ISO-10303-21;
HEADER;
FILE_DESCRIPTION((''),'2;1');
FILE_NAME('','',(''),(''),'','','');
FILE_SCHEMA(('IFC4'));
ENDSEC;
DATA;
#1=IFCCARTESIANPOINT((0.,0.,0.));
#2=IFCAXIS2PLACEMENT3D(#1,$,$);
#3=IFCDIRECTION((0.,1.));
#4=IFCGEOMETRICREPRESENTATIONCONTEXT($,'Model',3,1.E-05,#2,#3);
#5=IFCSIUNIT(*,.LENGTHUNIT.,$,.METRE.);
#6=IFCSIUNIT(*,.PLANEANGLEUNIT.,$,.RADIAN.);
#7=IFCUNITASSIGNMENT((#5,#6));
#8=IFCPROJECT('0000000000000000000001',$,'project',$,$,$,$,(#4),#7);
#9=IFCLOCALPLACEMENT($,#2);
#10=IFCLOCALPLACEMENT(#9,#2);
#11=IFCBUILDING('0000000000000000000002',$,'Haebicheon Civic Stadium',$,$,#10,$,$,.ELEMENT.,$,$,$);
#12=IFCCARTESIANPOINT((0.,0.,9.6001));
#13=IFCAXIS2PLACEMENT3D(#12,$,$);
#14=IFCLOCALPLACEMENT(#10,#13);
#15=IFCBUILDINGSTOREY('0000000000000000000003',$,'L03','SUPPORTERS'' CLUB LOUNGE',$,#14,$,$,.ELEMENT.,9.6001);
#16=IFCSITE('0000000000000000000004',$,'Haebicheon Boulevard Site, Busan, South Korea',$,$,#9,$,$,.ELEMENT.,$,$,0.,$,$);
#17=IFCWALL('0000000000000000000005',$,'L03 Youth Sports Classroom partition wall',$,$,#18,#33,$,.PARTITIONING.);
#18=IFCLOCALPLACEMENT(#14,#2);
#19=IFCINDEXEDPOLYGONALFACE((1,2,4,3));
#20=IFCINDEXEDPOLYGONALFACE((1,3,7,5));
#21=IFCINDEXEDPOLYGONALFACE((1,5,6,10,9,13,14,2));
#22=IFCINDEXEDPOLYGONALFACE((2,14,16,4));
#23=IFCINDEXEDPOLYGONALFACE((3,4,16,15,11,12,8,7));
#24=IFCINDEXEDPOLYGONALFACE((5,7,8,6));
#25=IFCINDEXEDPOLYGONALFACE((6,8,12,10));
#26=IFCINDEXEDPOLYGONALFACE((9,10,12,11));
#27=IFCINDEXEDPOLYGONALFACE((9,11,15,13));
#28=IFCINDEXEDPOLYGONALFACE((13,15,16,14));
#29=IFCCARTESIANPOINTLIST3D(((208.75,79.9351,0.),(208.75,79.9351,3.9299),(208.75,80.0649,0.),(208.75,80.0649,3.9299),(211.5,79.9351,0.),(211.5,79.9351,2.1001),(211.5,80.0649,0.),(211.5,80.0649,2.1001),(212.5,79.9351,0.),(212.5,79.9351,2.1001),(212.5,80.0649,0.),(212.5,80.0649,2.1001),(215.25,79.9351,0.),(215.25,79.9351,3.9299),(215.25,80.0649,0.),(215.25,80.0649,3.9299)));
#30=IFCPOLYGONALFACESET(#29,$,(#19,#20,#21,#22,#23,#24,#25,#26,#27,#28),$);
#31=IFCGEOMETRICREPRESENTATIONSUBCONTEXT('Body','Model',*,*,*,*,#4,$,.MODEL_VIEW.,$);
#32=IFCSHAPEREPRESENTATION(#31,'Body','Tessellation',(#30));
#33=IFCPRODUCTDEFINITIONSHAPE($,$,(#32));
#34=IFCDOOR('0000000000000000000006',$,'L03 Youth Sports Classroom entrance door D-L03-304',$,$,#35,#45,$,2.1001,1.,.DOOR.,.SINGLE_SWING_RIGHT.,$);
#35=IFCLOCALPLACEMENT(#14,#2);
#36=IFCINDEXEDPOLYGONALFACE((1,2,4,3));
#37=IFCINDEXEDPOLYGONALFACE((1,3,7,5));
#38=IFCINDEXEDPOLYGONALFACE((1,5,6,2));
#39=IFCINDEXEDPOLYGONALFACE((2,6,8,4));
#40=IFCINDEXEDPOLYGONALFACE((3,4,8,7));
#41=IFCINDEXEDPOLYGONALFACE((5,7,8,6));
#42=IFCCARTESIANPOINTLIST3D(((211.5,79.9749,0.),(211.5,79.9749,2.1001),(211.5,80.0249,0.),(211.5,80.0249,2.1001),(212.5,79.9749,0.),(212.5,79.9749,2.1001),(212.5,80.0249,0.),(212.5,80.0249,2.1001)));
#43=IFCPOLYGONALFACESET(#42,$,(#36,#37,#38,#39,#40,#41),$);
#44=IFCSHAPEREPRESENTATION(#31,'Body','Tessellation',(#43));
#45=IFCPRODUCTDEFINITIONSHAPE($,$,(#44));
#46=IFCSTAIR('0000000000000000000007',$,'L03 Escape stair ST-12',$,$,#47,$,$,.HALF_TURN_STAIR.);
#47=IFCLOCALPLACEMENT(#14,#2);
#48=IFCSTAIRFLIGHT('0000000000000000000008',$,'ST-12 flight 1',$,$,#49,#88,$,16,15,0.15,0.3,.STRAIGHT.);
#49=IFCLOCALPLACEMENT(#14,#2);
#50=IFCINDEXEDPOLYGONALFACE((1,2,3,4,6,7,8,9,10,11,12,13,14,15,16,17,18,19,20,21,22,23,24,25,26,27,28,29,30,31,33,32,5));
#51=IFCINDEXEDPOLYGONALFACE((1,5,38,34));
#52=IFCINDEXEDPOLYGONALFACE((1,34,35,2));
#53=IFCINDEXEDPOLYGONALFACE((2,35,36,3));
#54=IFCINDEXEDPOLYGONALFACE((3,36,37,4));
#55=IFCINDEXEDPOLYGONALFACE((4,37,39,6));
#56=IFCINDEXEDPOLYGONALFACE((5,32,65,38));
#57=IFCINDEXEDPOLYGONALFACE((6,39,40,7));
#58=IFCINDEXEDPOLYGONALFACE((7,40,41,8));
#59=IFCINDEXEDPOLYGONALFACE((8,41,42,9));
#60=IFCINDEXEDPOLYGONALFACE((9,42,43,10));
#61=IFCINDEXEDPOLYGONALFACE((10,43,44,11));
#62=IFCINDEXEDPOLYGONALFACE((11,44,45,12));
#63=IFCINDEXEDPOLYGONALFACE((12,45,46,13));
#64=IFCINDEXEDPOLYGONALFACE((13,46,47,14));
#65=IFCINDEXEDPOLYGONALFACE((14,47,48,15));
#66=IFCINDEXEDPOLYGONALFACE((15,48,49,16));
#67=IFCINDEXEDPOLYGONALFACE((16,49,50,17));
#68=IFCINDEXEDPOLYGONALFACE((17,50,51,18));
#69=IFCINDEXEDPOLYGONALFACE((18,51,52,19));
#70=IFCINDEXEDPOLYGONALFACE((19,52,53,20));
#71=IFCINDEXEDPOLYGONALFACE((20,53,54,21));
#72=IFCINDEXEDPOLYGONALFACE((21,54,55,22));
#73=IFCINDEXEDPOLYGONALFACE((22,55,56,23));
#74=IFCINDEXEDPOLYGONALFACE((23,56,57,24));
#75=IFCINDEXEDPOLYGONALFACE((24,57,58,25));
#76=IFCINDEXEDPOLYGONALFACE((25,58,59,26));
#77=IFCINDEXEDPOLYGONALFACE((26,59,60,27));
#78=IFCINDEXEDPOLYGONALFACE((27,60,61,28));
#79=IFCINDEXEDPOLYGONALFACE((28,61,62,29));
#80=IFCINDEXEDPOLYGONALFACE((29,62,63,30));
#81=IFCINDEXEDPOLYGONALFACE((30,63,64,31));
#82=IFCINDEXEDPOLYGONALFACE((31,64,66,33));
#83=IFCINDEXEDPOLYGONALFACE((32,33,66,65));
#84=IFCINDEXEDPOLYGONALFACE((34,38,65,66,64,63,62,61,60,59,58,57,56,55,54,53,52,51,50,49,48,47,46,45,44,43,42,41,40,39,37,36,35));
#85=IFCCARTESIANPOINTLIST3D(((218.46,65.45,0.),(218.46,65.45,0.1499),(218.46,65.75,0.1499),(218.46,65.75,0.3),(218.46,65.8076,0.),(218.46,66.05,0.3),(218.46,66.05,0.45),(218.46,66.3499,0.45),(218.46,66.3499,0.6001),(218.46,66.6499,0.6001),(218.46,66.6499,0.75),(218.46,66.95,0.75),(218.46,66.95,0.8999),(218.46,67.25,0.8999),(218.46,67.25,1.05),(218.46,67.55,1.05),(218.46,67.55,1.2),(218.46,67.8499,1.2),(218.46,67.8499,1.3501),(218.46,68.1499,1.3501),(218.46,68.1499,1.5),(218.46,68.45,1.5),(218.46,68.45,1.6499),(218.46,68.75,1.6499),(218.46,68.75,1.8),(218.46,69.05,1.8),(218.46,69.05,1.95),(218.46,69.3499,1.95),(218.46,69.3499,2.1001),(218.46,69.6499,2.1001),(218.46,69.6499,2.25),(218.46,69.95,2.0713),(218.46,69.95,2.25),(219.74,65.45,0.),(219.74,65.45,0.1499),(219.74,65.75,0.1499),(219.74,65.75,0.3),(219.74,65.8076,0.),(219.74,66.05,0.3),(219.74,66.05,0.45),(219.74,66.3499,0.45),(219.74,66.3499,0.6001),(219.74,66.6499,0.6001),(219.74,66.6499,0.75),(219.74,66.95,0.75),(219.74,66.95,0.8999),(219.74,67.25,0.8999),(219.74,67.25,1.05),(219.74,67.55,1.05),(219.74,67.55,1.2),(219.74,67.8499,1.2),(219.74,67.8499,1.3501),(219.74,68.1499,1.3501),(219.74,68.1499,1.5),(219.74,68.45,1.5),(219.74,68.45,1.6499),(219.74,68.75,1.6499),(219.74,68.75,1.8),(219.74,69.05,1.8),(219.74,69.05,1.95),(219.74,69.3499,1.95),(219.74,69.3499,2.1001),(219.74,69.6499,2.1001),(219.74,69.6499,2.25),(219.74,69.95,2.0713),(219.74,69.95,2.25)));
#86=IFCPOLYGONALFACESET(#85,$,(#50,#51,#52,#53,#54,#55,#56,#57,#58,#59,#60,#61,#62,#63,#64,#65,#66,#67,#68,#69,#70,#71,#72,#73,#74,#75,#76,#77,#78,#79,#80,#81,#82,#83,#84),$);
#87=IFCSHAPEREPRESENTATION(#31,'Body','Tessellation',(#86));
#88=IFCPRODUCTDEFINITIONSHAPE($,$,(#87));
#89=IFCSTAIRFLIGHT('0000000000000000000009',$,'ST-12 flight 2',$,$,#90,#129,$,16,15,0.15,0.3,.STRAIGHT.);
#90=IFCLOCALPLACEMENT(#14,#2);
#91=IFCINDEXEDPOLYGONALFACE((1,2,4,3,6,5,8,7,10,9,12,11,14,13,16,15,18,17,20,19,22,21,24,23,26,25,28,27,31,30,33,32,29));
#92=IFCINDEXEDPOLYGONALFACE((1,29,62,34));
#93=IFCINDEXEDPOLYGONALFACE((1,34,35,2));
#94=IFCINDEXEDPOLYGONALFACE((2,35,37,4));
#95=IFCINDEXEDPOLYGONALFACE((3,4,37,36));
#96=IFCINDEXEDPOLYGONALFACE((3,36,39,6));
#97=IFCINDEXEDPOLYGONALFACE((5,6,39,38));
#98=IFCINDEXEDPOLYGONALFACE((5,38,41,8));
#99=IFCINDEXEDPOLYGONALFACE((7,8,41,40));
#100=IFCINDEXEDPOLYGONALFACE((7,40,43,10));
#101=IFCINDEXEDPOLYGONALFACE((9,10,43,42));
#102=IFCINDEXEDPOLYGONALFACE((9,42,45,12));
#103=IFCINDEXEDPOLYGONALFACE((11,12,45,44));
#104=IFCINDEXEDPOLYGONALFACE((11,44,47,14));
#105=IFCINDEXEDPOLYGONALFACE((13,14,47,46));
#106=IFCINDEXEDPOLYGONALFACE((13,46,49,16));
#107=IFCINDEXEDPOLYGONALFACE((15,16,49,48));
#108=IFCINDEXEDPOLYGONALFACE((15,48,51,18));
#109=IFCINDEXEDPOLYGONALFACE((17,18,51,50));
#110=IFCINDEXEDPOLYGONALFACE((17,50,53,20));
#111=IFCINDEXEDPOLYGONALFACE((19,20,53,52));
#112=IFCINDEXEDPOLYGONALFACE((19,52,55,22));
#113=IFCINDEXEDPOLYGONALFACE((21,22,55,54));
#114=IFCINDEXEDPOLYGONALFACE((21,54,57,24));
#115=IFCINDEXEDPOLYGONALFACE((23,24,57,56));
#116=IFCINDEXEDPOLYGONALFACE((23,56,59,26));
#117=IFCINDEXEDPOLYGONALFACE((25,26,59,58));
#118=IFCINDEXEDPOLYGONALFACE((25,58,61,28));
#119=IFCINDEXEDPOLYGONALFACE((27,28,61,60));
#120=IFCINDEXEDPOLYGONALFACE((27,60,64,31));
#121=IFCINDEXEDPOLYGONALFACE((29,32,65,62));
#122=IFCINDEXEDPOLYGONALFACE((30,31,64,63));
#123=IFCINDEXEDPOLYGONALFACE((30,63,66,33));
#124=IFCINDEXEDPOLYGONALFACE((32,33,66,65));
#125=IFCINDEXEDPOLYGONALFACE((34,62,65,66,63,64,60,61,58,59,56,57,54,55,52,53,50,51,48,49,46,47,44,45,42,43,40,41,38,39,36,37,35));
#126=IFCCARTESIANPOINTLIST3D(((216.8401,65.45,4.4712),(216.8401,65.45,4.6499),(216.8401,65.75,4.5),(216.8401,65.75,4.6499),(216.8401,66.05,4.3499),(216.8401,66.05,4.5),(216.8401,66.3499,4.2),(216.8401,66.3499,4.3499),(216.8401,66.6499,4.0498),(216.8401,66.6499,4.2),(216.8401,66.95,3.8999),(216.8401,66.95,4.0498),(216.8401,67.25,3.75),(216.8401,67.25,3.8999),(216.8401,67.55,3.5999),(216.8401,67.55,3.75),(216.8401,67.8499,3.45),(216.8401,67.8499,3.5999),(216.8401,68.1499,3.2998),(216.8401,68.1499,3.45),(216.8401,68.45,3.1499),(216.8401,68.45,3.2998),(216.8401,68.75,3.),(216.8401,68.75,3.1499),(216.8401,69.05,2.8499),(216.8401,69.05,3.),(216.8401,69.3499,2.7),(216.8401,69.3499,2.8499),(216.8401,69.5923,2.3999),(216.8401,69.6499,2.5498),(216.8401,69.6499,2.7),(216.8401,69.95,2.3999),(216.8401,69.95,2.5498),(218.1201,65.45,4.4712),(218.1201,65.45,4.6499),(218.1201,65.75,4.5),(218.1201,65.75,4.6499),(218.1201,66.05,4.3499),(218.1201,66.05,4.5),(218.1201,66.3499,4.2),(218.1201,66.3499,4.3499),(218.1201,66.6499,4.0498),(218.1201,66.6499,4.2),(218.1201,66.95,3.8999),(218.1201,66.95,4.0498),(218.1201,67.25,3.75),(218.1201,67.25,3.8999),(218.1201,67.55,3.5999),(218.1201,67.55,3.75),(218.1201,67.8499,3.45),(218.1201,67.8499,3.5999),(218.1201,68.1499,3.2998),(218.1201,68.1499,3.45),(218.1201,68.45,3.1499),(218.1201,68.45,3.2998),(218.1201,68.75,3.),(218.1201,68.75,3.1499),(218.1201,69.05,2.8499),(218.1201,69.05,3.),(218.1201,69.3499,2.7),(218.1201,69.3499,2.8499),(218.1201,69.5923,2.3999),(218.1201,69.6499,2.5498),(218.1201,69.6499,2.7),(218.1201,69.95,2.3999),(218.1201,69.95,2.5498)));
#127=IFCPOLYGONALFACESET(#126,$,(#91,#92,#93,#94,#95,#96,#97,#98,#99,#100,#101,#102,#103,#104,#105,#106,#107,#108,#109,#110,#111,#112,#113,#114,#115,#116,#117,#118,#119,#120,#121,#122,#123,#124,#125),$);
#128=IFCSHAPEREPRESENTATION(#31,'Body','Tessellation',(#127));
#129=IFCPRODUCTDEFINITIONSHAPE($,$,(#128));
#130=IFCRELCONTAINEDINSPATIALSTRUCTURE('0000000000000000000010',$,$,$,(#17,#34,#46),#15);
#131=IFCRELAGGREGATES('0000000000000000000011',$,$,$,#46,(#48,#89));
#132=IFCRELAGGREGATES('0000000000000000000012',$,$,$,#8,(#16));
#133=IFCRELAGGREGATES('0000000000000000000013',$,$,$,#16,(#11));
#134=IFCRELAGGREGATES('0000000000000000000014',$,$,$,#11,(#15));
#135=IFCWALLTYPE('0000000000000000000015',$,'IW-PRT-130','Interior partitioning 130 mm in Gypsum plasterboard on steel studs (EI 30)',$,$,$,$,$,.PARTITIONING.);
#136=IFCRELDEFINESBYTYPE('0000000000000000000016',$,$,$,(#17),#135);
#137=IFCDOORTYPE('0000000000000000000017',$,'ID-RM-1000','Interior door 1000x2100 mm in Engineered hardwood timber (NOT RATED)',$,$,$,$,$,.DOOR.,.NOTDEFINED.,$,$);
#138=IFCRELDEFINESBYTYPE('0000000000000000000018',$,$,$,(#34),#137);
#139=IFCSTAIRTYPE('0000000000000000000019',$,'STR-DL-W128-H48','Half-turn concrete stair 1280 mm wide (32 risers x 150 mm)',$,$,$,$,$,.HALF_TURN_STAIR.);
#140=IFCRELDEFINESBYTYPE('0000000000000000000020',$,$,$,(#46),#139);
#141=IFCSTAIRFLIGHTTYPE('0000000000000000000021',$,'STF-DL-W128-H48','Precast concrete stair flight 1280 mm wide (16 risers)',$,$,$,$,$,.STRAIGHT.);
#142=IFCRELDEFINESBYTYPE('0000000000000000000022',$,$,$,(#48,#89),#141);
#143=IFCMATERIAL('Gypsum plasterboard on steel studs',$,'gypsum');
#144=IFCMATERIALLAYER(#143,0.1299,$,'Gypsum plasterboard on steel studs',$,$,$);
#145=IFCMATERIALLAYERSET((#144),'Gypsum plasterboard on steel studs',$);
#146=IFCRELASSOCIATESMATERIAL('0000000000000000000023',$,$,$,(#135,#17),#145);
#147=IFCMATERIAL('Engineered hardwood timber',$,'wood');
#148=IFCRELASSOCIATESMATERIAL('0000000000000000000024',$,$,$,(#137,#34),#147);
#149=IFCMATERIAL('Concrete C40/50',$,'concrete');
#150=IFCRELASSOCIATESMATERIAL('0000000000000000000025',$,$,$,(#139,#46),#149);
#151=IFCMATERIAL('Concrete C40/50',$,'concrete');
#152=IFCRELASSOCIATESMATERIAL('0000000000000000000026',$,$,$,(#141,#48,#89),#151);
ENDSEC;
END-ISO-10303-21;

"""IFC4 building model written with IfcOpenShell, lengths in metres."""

from ifc_helpers import new_model, si_unit, direction, frame, frame_2d, origin, place, context, subcontext, project, spatial, polyline, rectangle, outline, extrude, material, layer, layer_set, type_object, element, fill, aggregate, save


model = new_model("IFC4")

# Units and contexts
model_context = context("Model", 3, precision=1e-05, world=origin(), true_north=direction((0.0, 1.0)))
body_context = subcontext(model_context, "Body", "Model", "MODEL_VIEW")
ifc_project = project(units=[si_unit("LENGTHUNIT", "METRE"), si_unit("PLANEANGLEUNIT", "RADIAN")], contexts=[model_context])

# Site, building, storey
site_placement = place(None, origin())
site = spatial("IfcSite", under=ifc_project, at=site_placement, Name="Haebicheon Boulevard Site, Busan, South Korea", CompositionType="ELEMENT", RefElevation=0.0)
building_placement = place(site_placement, origin())
building = spatial("IfcBuilding", under=site, at=building_placement, Name="Haebicheon Civic Stadium", CompositionType="ELEMENT")
storey_placement = place(building_placement, frame((0.0, 0.0, 9.6001)))
storey = spatial("IfcBuildingStorey", under=building, at=storey_placement, Name="L03", Description="SUPPORTERS' CLUB LOUNGE", CompositionType="ELEMENT", Elevation=9.6001)

# Wall, opening, door
ifc_material_1 = material(Name="Gypsum plasterboard on steel studs", Category="gypsum")
ifc_layer_1 = layer(ifc_material_1, 0.1299, Name="Gypsum plasterboard on steel studs")
ifc_layer_set_1 = layer_set([ifc_layer_1], Name="Gypsum plasterboard on steel studs")
wall_type_1 = type_object("IfcWallType", Name="IW-PRT-130", Description="Interior partitioning 130 mm in Gypsum plasterboard on steel studs (EI 30)", PredefinedType="PARTITIONING", material=ifc_layer_set_1)
wall_1_placement = place(storey_placement, frame((208.75, 80.0, 0.0), z_axis=(0.0, 0.0, 1.0), x_axis=(1.0, 0.0, 0.0)))
wall_1 = element("IfcWall", 1, at=wall_1_placement, inside=storey, type_object=wall_type_1, material=ifc_layer_set_1, Name="L03 Youth Sports Classroom partition wall", PredefinedType="PARTITIONING", context=body_context, shape_type="SweptSolid", body=[
    extrude(rectangle(XDim=6.5, YDim=0.1299, at=frame_2d((3.25, 0.0))), origin(), (0.0, 0.0, 1.0), 3.9299),
])
opening_1_placement = place(wall_1_placement, frame((2.75, 0.0, 0.0)))
opening_1 = element("IfcOpeningElement", 2, at=opening_1_placement, cuts=wall_1, PredefinedType="OPENING", context=body_context, shape_type="SweptSolid", body=[
    extrude(rectangle(XDim=1.0, YDim=2.1001, at=frame_2d((0.5, 1.05))), frame((0.0, 0.075, 0.0), z_axis=(0.0, -1.0, 0.0), x_axis=(1.0, 0.0, 0.0)), (0.0, 0.0, 1.0), 0.1499),
])
ifc_material_2 = material(Name="Engineered hardwood timber", Category="wood")
door_type_1 = type_object("IfcDoorType", Name="ID-RM-1000", Description="Interior door 1000x2100 mm in Engineered hardwood timber (NOT RATED)", OperationType="NOTDEFINED", PredefinedType="DOOR", material=ifc_material_2)
door_1_placement = place(opening_1_placement, origin())
door_1 = element("IfcDoor", 3, at=door_1_placement, inside=storey, type_object=door_type_1, material=ifc_material_2, Name="L03 Youth Sports Classroom entrance door D-L03-304", OperationType="SINGLE_SWING_RIGHT", OverallHeight=2.1001, OverallWidth=1.0, PredefinedType="DOOR", context=body_context, shape_type="SweptSolid", body=[
    extrude(rectangle(XDim=1.0, YDim=2.1001, at=frame_2d((0.5, 1.05))), frame((0.0, 0.0249, 0.0), z_axis=(0.0, -1.0, 0.0), x_axis=(1.0, 0.0, 0.0)), (0.0, 0.0, 1.0), 0.05),
])
fill(opening_1, door_1)

# Stair, stair flights
ifc_material_3 = material(Name="Concrete C40/50", Category="concrete")
stair_type = type_object("IfcStairType", Name="STR-DL-W128-H48", Description="Half-turn concrete stair 1280 mm wide (32 risers x 150 mm)", PredefinedType="HALF_TURN_STAIR", material=ifc_material_3)
stair_placement = place(storey_placement, origin())
stair = element("IfcStair", 4, at=stair_placement, inside=storey, type_object=stair_type, material=ifc_material_3, Name="L03 Escape stair ST-12", PredefinedType="HALF_TURN_STAIR")
ifc_material_4 = material(Name="Concrete C40/50", Category="concrete")
stair_flight_type = type_object("IfcStairFlightType", Name="STF-DL-W128-H48", Description="Precast concrete stair flight 1280 mm wide (16 risers)", PredefinedType="STRAIGHT", material=ifc_material_4)
stair_flight_1_placement = place(storey_placement, frame((219.1001, 65.45, 0.0), z_axis=(0.0, 0.0, 1.0), x_axis=(0.0, 1.0, 0.0)))
stair_flight_1 = element("IfcStairFlight", 5, at=stair_flight_1_placement, type_object=stair_flight_type, material=ifc_material_4, Name="ST-12 flight 1", NumberOfRisers=16, NumberOfTreads=15, PredefinedType="STRAIGHT", RiserHeight=0.15, TreadLength=0.3, context=body_context, shape_type="SweptSolid", body=[
    extrude(outline(polyline([(0.0, 0.0), (0.0, 0.1499), (0.3, 0.1499), (0.3, 0.3), (0.6001, 0.3), (0.6001, 0.45), (0.8999, 0.45), (0.8999, 0.6001), (1.2, 0.6001), (1.2, 0.75), (1.5, 0.75), (1.5, 0.8999), (1.8, 0.8999), (1.8, 1.05), (2.1001, 1.05), (2.1001, 1.2), (2.3999, 1.2), (2.3999, 1.3501), (2.7, 1.3501), (2.7, 1.5), (3.0, 1.5), (3.0, 1.6499), (3.3, 1.6499), (3.3, 1.8), (3.6001, 1.8), (3.6001, 1.95), (3.8999, 1.95), (3.8999, 2.1001), (4.2, 2.1001), (4.2, 2.25), (4.5, 2.25), (4.5, 2.3999), (4.5, 2.0713), (0.3577, 0.0), (0.0, 0.0)])), frame((0.0, 0.6401, 0.0), z_axis=(0.0, -1.0, 0.0), x_axis=(1.0, 0.0, 0.0)), (0.0, 0.0, 1.0), 1.28),
])
stair_flight_2_placement = place(storey_placement, frame((217.48, 69.95, 2.3999), z_axis=(0.0, 0.0, 1.0), x_axis=(0.0, -1.0, 0.0)))
stair_flight_2 = element("IfcStairFlight", 6, at=stair_flight_2_placement, type_object=stair_flight_type, material=ifc_material_4, Name="ST-12 flight 2", NumberOfRisers=16, NumberOfTreads=15, PredefinedType="STRAIGHT", RiserHeight=0.15, TreadLength=0.3, context=body_context, shape_type="SweptSolid", body=[
    extrude(outline(polyline([(0.0, 0.0), (0.0, 0.1499), (0.3, 0.1499), (0.3, 0.3), (0.6001, 0.3), (0.6001, 0.45), (0.8999, 0.45), (0.8999, 0.6001), (1.2, 0.6001), (1.2, 0.75), (1.5, 0.75), (1.5, 0.8999), (1.8, 0.8999), (1.8, 1.05), (2.1001, 1.05), (2.1001, 1.2), (2.3999, 1.2), (2.3999, 1.3501), (2.7, 1.3501), (2.7, 1.5), (3.0, 1.5), (3.0, 1.6499), (3.3, 1.6499), (3.3, 1.8), (3.6001, 1.8), (3.6001, 1.95), (3.8999, 1.95), (3.8999, 2.1001), (4.2, 2.1001), (4.2, 2.25), (4.5, 2.25), (4.5, 2.3999), (4.5, 2.0713), (0.3577, 0.0), (0.0, 0.0)])), frame((0.0, 0.6401, 0.0), z_axis=(0.0, -1.0, 0.0), x_axis=(1.0, 0.0, 0.0)), (0.0, 0.0, 1.0), 1.28),
])
aggregate(stair, [stair_flight_1, stair_flight_2])

save(model, "model.ifc")
